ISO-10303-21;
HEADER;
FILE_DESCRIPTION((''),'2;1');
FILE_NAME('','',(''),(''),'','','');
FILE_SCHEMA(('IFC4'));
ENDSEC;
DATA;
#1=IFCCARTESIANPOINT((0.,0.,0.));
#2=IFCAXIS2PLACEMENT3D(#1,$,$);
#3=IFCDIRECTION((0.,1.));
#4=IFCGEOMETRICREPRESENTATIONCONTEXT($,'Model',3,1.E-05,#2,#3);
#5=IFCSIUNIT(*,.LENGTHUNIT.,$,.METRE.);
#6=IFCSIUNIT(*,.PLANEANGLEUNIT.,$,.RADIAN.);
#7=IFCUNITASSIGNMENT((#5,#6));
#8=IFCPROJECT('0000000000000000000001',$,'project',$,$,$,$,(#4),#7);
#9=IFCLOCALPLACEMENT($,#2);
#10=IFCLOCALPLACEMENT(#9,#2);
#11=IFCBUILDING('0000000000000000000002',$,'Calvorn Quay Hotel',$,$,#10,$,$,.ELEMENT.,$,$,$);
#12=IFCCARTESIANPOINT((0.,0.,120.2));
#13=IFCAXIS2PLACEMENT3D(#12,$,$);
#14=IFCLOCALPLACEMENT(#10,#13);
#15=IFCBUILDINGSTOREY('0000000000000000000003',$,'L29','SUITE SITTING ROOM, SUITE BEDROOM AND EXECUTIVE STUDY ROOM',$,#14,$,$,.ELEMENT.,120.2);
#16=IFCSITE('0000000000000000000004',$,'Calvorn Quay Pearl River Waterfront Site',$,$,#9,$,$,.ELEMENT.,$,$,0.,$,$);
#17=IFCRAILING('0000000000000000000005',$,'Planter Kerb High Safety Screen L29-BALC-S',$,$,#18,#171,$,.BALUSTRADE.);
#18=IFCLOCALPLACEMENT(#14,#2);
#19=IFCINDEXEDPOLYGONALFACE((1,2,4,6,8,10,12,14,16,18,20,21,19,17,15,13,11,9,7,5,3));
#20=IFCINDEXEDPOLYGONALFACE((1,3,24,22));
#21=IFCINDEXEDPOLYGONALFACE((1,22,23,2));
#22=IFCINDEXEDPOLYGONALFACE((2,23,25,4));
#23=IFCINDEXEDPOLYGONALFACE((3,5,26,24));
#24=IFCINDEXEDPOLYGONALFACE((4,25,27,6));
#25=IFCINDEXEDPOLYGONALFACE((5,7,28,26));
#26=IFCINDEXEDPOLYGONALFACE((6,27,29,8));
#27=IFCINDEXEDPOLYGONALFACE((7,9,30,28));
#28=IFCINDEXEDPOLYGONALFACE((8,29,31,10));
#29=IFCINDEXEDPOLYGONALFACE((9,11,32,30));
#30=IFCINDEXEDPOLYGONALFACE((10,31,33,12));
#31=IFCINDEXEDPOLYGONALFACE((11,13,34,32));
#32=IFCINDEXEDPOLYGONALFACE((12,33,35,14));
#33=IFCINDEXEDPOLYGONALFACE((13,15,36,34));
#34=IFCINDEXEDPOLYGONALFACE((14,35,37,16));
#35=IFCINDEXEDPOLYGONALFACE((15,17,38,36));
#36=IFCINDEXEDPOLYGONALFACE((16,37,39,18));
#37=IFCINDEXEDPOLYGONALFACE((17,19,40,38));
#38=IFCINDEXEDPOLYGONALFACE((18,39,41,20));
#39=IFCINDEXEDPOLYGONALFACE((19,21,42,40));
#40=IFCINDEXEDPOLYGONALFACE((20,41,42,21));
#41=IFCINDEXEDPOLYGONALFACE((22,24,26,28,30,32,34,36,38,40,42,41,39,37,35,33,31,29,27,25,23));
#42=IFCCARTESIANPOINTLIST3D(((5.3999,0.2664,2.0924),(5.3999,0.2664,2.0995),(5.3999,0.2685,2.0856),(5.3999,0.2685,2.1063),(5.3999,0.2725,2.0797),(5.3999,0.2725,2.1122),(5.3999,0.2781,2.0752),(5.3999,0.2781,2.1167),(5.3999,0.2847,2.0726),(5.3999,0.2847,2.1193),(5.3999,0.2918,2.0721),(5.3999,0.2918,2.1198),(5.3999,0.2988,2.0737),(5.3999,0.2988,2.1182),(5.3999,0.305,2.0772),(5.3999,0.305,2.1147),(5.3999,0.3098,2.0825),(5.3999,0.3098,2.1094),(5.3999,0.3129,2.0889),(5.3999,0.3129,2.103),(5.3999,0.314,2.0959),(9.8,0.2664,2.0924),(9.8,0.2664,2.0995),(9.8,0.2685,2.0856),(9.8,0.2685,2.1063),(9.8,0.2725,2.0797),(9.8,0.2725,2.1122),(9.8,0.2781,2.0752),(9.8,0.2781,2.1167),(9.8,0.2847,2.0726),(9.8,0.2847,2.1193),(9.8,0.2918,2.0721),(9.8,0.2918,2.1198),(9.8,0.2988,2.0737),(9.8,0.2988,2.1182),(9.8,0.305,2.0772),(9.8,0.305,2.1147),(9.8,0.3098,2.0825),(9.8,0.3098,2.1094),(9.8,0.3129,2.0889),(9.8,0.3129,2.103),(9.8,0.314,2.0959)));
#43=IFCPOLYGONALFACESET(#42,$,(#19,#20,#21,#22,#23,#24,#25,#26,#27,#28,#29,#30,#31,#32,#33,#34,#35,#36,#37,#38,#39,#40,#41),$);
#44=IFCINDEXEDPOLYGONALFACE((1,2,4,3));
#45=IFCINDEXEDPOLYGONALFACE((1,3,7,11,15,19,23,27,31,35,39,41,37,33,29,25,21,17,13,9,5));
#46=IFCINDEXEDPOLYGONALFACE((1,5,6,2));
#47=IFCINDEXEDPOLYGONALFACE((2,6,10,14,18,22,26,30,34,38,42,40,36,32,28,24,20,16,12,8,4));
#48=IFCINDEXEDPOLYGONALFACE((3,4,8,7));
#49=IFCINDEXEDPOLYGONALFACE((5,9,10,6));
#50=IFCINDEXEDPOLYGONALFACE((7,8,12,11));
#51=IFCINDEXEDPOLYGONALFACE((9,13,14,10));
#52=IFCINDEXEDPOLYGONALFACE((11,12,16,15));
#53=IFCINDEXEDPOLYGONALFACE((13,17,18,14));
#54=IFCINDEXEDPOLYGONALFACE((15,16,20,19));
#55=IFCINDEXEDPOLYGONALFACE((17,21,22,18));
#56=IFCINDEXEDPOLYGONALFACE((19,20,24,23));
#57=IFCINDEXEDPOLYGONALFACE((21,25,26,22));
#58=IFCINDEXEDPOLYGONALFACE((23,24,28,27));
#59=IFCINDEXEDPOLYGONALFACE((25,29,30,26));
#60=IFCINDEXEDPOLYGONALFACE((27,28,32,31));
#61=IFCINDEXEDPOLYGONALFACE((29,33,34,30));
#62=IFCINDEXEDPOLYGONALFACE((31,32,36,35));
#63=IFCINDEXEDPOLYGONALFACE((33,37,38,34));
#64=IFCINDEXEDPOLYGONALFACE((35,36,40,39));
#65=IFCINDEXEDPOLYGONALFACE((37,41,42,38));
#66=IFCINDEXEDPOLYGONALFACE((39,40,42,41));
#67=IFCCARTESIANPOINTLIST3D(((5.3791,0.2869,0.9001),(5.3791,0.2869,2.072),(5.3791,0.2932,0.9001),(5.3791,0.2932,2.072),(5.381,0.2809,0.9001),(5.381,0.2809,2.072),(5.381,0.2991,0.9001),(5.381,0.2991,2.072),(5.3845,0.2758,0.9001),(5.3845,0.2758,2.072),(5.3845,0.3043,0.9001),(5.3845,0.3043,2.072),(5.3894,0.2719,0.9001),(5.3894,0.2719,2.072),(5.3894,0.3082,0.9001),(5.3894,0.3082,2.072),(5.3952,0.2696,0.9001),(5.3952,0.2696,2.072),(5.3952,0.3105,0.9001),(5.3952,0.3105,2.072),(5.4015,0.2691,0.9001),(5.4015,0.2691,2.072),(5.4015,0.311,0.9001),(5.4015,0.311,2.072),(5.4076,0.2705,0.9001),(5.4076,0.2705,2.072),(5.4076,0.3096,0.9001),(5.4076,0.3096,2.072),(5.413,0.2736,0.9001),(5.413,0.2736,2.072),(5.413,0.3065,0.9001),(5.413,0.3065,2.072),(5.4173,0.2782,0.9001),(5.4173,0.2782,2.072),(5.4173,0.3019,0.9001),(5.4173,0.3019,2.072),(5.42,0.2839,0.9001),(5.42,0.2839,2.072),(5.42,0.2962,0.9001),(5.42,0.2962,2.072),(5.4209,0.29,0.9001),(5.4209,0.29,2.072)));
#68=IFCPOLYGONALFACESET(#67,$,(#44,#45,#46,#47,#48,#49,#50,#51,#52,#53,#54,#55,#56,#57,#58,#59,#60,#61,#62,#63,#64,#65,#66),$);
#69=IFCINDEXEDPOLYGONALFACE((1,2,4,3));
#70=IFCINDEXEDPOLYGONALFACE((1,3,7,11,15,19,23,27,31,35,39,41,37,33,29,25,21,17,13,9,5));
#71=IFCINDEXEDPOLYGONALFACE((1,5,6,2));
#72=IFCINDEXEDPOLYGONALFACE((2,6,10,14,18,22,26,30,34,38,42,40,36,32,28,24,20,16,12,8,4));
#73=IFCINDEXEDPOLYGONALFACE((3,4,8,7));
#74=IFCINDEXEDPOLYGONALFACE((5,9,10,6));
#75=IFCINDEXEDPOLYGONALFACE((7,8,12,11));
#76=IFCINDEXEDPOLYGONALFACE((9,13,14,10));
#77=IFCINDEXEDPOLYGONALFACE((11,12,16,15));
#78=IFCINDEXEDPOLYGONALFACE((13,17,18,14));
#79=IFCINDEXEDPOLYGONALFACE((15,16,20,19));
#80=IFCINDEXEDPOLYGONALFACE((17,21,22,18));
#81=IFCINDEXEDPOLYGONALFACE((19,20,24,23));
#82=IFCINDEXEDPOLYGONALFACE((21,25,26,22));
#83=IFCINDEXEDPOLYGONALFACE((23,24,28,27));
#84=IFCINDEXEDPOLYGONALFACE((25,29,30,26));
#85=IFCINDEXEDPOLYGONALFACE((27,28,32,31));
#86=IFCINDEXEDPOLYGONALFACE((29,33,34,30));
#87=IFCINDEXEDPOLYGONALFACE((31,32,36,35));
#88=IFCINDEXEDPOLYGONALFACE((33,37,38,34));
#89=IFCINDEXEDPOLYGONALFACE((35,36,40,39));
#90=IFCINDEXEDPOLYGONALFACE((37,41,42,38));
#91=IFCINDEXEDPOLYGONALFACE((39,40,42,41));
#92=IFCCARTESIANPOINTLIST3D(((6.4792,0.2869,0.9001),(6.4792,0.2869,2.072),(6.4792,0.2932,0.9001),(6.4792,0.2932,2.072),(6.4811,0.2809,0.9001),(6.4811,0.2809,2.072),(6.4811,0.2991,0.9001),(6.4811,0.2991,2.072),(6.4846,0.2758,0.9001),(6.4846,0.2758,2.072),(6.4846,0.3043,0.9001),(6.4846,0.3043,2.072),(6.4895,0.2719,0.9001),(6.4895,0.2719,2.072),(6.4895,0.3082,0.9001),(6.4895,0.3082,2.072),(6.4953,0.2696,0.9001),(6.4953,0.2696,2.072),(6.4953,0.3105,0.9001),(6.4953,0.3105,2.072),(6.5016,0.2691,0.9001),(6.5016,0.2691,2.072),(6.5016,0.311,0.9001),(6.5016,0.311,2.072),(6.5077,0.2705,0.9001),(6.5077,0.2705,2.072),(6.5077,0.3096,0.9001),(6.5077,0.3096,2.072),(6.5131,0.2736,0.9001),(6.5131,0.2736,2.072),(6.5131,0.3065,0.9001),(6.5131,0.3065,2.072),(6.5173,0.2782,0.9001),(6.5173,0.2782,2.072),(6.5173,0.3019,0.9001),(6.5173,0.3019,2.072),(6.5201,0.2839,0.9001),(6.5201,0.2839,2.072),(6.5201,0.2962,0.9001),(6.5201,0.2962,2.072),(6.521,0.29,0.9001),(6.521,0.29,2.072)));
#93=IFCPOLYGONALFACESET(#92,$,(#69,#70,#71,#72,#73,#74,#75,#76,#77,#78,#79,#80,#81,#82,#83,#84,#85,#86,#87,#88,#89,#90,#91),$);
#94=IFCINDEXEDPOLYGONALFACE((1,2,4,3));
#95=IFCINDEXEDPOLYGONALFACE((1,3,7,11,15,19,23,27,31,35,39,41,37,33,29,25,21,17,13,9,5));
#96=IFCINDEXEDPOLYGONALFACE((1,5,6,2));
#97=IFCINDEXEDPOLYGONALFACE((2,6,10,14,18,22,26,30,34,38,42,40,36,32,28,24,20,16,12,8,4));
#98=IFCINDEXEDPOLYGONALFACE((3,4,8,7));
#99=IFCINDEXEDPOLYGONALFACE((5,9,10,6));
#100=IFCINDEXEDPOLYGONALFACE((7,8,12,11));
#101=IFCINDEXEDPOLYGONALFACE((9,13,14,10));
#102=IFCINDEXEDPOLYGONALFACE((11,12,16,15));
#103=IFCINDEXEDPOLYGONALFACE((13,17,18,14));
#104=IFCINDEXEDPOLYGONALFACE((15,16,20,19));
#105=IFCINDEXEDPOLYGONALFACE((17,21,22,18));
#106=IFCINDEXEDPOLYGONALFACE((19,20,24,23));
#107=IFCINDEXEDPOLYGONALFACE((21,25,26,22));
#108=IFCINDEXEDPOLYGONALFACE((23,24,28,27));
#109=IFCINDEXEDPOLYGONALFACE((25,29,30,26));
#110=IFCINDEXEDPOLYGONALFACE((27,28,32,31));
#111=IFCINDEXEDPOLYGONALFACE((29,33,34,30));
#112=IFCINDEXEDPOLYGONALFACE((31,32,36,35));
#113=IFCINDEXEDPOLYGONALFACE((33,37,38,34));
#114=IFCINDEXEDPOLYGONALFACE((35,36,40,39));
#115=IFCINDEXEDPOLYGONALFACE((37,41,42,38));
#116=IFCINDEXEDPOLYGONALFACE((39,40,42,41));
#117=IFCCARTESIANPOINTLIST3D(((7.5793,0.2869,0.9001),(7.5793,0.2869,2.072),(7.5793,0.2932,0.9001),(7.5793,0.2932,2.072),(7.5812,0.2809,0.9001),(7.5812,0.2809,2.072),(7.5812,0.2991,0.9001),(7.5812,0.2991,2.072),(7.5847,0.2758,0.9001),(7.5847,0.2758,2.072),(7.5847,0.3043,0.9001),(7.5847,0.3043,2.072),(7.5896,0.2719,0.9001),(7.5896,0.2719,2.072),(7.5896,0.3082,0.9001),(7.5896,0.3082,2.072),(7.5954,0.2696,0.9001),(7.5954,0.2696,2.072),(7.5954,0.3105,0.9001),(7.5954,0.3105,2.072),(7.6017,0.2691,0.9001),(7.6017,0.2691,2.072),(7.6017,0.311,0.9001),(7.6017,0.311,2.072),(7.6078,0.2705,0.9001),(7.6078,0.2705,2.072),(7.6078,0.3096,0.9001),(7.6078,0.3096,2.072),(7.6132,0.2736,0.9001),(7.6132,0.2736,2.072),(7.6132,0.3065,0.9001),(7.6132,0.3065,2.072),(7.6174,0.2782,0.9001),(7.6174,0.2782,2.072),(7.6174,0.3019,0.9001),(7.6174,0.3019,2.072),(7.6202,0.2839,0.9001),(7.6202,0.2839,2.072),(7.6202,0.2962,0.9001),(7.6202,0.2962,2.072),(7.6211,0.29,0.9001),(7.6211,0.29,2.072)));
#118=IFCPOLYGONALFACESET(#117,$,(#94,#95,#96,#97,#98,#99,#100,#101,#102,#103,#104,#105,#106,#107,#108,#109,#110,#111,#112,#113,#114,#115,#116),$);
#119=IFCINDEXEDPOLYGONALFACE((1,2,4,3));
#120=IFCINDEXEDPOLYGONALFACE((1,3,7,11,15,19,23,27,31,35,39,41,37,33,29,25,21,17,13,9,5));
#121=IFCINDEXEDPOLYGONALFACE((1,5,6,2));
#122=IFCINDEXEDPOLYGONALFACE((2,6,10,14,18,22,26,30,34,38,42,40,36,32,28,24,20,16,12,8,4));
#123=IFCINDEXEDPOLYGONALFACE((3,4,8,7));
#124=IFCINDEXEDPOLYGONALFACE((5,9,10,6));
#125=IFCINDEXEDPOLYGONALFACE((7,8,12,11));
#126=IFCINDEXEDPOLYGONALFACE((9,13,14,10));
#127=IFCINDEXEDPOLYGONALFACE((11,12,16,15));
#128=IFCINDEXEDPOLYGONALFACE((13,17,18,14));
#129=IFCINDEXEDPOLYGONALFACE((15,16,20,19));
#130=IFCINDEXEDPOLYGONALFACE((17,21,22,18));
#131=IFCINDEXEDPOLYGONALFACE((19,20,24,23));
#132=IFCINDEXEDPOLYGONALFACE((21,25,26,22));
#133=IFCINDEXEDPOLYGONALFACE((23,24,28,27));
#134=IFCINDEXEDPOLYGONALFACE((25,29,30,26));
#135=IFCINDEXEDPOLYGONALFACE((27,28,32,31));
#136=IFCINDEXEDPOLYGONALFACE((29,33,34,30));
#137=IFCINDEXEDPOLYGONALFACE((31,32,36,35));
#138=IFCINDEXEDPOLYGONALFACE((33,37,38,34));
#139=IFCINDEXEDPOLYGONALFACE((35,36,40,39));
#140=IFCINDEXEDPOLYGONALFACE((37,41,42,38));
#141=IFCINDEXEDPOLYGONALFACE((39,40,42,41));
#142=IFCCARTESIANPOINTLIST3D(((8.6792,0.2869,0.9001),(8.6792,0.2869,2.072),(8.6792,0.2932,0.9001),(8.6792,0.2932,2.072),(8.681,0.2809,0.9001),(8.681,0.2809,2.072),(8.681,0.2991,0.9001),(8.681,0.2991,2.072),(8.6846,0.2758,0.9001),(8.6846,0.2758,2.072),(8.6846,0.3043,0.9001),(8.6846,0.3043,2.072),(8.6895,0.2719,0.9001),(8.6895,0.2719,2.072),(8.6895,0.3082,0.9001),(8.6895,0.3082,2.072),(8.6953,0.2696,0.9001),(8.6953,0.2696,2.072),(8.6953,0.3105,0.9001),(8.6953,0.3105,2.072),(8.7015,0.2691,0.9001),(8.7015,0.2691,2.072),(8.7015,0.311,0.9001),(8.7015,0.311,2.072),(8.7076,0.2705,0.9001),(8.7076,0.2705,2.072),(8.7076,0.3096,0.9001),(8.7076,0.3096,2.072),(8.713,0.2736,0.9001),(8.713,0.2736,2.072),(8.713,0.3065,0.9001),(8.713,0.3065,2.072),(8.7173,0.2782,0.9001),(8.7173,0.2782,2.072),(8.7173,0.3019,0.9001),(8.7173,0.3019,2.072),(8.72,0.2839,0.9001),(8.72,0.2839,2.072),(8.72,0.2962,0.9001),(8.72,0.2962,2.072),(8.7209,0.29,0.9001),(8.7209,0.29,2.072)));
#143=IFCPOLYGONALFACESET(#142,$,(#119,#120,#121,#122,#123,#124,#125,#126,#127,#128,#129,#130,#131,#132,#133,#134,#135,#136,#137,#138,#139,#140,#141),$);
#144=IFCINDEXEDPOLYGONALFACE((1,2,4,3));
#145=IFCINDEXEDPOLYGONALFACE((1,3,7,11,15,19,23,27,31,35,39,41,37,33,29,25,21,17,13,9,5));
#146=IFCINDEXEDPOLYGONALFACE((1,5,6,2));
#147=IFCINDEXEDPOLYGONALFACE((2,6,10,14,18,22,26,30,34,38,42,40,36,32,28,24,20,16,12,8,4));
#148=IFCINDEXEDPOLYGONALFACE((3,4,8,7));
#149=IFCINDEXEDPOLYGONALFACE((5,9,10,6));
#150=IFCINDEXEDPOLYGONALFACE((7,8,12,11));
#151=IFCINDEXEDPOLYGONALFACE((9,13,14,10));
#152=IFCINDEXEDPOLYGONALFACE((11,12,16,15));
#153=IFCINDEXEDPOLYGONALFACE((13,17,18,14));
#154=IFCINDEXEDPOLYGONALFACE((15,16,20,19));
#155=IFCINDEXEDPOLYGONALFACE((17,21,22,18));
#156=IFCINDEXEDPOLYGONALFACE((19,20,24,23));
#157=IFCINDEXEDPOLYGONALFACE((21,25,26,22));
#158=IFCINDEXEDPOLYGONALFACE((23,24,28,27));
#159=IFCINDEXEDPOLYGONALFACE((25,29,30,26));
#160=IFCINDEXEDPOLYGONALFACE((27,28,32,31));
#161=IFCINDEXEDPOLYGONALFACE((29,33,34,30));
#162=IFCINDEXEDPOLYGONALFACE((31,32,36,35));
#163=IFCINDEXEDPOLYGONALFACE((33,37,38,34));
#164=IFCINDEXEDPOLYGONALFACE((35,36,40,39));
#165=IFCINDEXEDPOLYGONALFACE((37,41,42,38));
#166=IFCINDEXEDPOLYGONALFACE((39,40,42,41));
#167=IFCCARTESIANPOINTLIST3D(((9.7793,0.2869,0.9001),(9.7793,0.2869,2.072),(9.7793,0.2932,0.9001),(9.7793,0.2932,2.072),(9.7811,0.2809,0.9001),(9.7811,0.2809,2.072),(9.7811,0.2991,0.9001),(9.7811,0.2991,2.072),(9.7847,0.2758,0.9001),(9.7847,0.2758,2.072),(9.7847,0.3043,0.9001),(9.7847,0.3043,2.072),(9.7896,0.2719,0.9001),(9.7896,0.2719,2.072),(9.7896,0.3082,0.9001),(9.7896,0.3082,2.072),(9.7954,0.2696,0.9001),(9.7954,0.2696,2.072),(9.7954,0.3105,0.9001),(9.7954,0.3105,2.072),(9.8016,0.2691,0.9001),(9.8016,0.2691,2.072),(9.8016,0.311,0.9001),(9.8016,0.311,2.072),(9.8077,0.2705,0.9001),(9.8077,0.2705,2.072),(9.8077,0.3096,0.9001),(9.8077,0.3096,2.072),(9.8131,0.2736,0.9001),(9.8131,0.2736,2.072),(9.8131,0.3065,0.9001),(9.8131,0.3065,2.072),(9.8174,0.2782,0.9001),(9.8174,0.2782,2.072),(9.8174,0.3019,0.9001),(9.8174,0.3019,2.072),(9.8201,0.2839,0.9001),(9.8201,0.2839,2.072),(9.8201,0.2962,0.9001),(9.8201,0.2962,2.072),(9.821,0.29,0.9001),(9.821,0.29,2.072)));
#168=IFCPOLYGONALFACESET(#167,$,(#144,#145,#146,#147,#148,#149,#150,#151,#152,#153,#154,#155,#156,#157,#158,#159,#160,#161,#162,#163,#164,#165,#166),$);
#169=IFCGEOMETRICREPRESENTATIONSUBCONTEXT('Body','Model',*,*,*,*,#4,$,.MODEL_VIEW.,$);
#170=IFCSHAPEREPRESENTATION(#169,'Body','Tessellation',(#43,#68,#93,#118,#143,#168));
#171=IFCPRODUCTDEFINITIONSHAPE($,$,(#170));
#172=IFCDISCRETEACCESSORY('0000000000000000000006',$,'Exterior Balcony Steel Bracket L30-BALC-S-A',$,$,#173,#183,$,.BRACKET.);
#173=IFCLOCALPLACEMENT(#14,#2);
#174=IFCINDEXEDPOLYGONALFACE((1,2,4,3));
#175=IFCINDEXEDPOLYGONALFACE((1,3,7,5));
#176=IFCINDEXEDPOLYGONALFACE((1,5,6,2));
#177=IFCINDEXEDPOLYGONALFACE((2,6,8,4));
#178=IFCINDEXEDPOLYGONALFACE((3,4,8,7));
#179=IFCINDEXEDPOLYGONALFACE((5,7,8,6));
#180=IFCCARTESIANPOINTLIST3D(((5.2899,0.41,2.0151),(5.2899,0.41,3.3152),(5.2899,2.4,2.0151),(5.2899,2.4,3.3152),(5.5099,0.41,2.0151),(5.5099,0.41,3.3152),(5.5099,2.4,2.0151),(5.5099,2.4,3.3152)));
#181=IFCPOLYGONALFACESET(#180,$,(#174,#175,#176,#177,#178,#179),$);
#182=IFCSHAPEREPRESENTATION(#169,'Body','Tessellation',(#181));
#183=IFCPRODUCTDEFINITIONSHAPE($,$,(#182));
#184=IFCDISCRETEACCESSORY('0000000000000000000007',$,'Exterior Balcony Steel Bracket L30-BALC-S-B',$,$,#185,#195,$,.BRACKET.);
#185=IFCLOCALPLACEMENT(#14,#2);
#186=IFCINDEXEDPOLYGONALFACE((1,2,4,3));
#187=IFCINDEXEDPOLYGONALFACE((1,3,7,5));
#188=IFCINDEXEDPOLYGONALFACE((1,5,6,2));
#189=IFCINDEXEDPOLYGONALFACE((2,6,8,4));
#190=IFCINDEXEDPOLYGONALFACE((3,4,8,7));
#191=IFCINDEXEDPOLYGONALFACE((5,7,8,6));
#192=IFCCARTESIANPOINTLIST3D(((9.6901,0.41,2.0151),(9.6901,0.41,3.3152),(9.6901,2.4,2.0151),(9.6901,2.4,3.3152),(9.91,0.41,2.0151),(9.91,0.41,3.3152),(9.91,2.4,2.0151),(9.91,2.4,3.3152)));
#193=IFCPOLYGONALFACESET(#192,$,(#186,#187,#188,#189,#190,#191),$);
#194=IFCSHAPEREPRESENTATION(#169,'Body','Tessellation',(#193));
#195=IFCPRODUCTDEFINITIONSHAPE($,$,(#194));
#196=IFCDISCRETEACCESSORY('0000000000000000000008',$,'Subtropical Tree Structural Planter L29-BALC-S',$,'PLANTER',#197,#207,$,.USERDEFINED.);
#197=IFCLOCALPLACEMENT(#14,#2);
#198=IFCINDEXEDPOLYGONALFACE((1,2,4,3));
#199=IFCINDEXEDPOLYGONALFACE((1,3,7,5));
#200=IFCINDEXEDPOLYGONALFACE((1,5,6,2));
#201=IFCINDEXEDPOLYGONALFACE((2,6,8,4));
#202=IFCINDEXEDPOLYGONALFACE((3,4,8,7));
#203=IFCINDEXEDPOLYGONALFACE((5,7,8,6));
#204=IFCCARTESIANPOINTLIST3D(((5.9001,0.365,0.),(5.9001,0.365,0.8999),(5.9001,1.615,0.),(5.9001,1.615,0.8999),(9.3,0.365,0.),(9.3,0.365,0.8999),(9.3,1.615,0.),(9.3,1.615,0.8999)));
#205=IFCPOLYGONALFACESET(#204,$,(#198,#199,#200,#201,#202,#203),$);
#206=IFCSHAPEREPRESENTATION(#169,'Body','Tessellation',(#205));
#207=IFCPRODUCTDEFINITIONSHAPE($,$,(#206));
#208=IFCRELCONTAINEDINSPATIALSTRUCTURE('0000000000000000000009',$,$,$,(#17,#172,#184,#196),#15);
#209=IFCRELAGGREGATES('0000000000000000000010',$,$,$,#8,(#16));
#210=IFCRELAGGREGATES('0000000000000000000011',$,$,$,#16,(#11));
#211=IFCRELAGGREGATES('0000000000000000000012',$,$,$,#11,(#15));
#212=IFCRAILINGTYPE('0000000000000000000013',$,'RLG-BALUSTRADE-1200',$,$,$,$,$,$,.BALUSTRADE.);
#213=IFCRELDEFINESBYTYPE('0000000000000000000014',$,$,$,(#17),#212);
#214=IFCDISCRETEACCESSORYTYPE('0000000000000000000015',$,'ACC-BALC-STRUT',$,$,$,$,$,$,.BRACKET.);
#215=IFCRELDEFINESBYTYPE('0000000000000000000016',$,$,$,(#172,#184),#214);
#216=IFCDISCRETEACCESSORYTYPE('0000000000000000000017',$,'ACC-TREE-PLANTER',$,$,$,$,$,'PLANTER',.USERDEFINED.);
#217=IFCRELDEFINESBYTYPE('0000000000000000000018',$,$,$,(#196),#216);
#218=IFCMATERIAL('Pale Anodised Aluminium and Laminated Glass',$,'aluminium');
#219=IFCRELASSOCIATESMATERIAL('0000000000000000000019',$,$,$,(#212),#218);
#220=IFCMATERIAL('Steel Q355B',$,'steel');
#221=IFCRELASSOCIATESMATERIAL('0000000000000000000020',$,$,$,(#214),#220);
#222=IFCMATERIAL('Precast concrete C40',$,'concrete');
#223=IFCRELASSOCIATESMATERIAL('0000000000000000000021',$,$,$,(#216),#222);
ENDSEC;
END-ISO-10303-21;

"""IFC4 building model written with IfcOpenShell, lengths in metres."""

from ifc_helpers import new_model, si_unit, direction, frame, origin, origin_2d, place, context, subcontext, project, spatial, rectangle, circle, extrude, material, type_object, element, save


model = new_model("IFC4")

# Units and contexts
model_context = context("Model", 3, precision=1e-05, world=origin(), true_north=direction((0.0, 1.0)))
body_context = subcontext(model_context, "Body", "Model", "MODEL_VIEW")
ifc_project = project(units=[si_unit("LENGTHUNIT", "METRE"), si_unit("PLANEANGLEUNIT", "RADIAN")], contexts=[model_context])

# Site, building, storey
site_placement = place(None, origin())
site = spatial("IfcSite", under=ifc_project, at=site_placement, Name="Calvorn Quay Pearl River Waterfront Site", CompositionType="ELEMENT", RefElevation=0.0)
building_placement = place(site_placement, origin())
building = spatial("IfcBuilding", under=site, at=building_placement, Name="Calvorn Quay Hotel", CompositionType="ELEMENT")
storey_placement = place(building_placement, frame((0.0, 0.0, 120.2)))
storey = spatial("IfcBuildingStorey", under=building, at=storey_placement, Name="L29", Description="SUITE SITTING ROOM, SUITE BEDROOM AND EXECUTIVE STUDY ROOM", CompositionType="ELEMENT", Elevation=120.2)

# Railing
ifc_material_1 = material(Name="Pale Anodised Aluminium and Laminated Glass", Category="aluminium")
railing_type = type_object("IfcRailingType", Name="RLG-BALUSTRADE-1200", PredefinedType="BALUSTRADE", material=ifc_material_1)
railing_1_placement = place(storey_placement, frame((5.3999, 0.29, 0.9001)))
element("IfcRailing", 1, at=railing_1_placement, inside=storey, type_object=railing_type, Name="Planter Kerb High Safety Screen L29-BALC-S", PredefinedType="BALUSTRADE", context=body_context, shape_type="SweptSolid", body=[
    extrude(circle(Radius=0.0239, at=origin_2d()), frame((0.0, 0.0, 1.1958), z_axis=(1.0, 0.0, 0.0), x_axis=(0.0, 1.0, 0.0)), (0.0, 0.0, 1.0), 4.4001),
    extrude(circle(Radius=0.021, at=origin_2d()), origin(), (0.0, 0.0, 1.0), 1.1719),
    extrude(circle(Radius=0.021, at=origin_2d()), frame((1.1001, 0.0, 0.0)), (0.0, 0.0, 1.0), 1.1719),
    extrude(circle(Radius=0.021, at=origin_2d()), frame((2.2002, 0.0, 0.0)), (0.0, 0.0, 1.0), 1.1719),
    extrude(circle(Radius=0.021, at=origin_2d()), frame((3.3, 0.0, 0.0)), (0.0, 0.0, 1.0), 1.1719),
    extrude(circle(Radius=0.021, at=origin_2d()), frame((4.4001, 0.0, 0.0)), (0.0, 0.0, 1.0), 1.1719),
])

# Discrete accessories
ifc_material_2 = material(Name="Steel Q355B", Category="steel")
discrete_accessory_type_1 = type_object("IfcDiscreteAccessoryType", Name="ACC-BALC-STRUT", PredefinedType="BRACKET", material=ifc_material_2)
for number, where, z_axis, x_axis, name in (
    (2, (5.3999, 1.405, 2.0151), (0.0, 0.0, 1.0), (1.0, 0.0, 0.0), "Exterior Balcony Steel Bracket L30-BALC-S-A"),
    (3, (9.8, 1.405, 2.0151), (0.0, 0.0, 1.0), (1.0, 0.0, 0.0), "Exterior Balcony Steel Bracket L30-BALC-S-B"),
):
    element("IfcDiscreteAccessory", number, at=place(storey_placement, frame(where, z_axis=z_axis, x_axis=x_axis)), inside=storey, type_object=discrete_accessory_type_1, Name=name, PredefinedType="BRACKET", context=body_context, shape_type="SweptSolid", body=[
        extrude(rectangle(XDim=0.22, YDim=1.99, at=origin_2d()), origin(), (0.0, 0.0, 1.0), 1.3),
    ])
ifc_material_3 = material(Name="Precast concrete C40", Category="concrete")
discrete_accessory_type_2 = type_object("IfcDiscreteAccessoryType", Name="ACC-TREE-PLANTER", ElementType="PLANTER", PredefinedType="USERDEFINED", material=ifc_material_3)
discrete_accessory_placement = place(storey_placement, frame((7.6001, 0.99, 0.0), z_axis=(0.0, 0.0, 1.0), x_axis=(1.0, 0.0, 0.0)))
element("IfcDiscreteAccessory", 4, at=discrete_accessory_placement, inside=storey, type_object=discrete_accessory_type_2, Name="Subtropical Tree Structural Planter L29-BALC-S", ObjectType="PLANTER", PredefinedType="USERDEFINED", context=body_context, shape_type="SweptSolid", body=[
    extrude(rectangle(XDim=3.3999, YDim=1.25, at=origin_2d()), origin(), (0.0, 0.0, 1.0), 0.8999),
])

save(model, "model.ifc")
